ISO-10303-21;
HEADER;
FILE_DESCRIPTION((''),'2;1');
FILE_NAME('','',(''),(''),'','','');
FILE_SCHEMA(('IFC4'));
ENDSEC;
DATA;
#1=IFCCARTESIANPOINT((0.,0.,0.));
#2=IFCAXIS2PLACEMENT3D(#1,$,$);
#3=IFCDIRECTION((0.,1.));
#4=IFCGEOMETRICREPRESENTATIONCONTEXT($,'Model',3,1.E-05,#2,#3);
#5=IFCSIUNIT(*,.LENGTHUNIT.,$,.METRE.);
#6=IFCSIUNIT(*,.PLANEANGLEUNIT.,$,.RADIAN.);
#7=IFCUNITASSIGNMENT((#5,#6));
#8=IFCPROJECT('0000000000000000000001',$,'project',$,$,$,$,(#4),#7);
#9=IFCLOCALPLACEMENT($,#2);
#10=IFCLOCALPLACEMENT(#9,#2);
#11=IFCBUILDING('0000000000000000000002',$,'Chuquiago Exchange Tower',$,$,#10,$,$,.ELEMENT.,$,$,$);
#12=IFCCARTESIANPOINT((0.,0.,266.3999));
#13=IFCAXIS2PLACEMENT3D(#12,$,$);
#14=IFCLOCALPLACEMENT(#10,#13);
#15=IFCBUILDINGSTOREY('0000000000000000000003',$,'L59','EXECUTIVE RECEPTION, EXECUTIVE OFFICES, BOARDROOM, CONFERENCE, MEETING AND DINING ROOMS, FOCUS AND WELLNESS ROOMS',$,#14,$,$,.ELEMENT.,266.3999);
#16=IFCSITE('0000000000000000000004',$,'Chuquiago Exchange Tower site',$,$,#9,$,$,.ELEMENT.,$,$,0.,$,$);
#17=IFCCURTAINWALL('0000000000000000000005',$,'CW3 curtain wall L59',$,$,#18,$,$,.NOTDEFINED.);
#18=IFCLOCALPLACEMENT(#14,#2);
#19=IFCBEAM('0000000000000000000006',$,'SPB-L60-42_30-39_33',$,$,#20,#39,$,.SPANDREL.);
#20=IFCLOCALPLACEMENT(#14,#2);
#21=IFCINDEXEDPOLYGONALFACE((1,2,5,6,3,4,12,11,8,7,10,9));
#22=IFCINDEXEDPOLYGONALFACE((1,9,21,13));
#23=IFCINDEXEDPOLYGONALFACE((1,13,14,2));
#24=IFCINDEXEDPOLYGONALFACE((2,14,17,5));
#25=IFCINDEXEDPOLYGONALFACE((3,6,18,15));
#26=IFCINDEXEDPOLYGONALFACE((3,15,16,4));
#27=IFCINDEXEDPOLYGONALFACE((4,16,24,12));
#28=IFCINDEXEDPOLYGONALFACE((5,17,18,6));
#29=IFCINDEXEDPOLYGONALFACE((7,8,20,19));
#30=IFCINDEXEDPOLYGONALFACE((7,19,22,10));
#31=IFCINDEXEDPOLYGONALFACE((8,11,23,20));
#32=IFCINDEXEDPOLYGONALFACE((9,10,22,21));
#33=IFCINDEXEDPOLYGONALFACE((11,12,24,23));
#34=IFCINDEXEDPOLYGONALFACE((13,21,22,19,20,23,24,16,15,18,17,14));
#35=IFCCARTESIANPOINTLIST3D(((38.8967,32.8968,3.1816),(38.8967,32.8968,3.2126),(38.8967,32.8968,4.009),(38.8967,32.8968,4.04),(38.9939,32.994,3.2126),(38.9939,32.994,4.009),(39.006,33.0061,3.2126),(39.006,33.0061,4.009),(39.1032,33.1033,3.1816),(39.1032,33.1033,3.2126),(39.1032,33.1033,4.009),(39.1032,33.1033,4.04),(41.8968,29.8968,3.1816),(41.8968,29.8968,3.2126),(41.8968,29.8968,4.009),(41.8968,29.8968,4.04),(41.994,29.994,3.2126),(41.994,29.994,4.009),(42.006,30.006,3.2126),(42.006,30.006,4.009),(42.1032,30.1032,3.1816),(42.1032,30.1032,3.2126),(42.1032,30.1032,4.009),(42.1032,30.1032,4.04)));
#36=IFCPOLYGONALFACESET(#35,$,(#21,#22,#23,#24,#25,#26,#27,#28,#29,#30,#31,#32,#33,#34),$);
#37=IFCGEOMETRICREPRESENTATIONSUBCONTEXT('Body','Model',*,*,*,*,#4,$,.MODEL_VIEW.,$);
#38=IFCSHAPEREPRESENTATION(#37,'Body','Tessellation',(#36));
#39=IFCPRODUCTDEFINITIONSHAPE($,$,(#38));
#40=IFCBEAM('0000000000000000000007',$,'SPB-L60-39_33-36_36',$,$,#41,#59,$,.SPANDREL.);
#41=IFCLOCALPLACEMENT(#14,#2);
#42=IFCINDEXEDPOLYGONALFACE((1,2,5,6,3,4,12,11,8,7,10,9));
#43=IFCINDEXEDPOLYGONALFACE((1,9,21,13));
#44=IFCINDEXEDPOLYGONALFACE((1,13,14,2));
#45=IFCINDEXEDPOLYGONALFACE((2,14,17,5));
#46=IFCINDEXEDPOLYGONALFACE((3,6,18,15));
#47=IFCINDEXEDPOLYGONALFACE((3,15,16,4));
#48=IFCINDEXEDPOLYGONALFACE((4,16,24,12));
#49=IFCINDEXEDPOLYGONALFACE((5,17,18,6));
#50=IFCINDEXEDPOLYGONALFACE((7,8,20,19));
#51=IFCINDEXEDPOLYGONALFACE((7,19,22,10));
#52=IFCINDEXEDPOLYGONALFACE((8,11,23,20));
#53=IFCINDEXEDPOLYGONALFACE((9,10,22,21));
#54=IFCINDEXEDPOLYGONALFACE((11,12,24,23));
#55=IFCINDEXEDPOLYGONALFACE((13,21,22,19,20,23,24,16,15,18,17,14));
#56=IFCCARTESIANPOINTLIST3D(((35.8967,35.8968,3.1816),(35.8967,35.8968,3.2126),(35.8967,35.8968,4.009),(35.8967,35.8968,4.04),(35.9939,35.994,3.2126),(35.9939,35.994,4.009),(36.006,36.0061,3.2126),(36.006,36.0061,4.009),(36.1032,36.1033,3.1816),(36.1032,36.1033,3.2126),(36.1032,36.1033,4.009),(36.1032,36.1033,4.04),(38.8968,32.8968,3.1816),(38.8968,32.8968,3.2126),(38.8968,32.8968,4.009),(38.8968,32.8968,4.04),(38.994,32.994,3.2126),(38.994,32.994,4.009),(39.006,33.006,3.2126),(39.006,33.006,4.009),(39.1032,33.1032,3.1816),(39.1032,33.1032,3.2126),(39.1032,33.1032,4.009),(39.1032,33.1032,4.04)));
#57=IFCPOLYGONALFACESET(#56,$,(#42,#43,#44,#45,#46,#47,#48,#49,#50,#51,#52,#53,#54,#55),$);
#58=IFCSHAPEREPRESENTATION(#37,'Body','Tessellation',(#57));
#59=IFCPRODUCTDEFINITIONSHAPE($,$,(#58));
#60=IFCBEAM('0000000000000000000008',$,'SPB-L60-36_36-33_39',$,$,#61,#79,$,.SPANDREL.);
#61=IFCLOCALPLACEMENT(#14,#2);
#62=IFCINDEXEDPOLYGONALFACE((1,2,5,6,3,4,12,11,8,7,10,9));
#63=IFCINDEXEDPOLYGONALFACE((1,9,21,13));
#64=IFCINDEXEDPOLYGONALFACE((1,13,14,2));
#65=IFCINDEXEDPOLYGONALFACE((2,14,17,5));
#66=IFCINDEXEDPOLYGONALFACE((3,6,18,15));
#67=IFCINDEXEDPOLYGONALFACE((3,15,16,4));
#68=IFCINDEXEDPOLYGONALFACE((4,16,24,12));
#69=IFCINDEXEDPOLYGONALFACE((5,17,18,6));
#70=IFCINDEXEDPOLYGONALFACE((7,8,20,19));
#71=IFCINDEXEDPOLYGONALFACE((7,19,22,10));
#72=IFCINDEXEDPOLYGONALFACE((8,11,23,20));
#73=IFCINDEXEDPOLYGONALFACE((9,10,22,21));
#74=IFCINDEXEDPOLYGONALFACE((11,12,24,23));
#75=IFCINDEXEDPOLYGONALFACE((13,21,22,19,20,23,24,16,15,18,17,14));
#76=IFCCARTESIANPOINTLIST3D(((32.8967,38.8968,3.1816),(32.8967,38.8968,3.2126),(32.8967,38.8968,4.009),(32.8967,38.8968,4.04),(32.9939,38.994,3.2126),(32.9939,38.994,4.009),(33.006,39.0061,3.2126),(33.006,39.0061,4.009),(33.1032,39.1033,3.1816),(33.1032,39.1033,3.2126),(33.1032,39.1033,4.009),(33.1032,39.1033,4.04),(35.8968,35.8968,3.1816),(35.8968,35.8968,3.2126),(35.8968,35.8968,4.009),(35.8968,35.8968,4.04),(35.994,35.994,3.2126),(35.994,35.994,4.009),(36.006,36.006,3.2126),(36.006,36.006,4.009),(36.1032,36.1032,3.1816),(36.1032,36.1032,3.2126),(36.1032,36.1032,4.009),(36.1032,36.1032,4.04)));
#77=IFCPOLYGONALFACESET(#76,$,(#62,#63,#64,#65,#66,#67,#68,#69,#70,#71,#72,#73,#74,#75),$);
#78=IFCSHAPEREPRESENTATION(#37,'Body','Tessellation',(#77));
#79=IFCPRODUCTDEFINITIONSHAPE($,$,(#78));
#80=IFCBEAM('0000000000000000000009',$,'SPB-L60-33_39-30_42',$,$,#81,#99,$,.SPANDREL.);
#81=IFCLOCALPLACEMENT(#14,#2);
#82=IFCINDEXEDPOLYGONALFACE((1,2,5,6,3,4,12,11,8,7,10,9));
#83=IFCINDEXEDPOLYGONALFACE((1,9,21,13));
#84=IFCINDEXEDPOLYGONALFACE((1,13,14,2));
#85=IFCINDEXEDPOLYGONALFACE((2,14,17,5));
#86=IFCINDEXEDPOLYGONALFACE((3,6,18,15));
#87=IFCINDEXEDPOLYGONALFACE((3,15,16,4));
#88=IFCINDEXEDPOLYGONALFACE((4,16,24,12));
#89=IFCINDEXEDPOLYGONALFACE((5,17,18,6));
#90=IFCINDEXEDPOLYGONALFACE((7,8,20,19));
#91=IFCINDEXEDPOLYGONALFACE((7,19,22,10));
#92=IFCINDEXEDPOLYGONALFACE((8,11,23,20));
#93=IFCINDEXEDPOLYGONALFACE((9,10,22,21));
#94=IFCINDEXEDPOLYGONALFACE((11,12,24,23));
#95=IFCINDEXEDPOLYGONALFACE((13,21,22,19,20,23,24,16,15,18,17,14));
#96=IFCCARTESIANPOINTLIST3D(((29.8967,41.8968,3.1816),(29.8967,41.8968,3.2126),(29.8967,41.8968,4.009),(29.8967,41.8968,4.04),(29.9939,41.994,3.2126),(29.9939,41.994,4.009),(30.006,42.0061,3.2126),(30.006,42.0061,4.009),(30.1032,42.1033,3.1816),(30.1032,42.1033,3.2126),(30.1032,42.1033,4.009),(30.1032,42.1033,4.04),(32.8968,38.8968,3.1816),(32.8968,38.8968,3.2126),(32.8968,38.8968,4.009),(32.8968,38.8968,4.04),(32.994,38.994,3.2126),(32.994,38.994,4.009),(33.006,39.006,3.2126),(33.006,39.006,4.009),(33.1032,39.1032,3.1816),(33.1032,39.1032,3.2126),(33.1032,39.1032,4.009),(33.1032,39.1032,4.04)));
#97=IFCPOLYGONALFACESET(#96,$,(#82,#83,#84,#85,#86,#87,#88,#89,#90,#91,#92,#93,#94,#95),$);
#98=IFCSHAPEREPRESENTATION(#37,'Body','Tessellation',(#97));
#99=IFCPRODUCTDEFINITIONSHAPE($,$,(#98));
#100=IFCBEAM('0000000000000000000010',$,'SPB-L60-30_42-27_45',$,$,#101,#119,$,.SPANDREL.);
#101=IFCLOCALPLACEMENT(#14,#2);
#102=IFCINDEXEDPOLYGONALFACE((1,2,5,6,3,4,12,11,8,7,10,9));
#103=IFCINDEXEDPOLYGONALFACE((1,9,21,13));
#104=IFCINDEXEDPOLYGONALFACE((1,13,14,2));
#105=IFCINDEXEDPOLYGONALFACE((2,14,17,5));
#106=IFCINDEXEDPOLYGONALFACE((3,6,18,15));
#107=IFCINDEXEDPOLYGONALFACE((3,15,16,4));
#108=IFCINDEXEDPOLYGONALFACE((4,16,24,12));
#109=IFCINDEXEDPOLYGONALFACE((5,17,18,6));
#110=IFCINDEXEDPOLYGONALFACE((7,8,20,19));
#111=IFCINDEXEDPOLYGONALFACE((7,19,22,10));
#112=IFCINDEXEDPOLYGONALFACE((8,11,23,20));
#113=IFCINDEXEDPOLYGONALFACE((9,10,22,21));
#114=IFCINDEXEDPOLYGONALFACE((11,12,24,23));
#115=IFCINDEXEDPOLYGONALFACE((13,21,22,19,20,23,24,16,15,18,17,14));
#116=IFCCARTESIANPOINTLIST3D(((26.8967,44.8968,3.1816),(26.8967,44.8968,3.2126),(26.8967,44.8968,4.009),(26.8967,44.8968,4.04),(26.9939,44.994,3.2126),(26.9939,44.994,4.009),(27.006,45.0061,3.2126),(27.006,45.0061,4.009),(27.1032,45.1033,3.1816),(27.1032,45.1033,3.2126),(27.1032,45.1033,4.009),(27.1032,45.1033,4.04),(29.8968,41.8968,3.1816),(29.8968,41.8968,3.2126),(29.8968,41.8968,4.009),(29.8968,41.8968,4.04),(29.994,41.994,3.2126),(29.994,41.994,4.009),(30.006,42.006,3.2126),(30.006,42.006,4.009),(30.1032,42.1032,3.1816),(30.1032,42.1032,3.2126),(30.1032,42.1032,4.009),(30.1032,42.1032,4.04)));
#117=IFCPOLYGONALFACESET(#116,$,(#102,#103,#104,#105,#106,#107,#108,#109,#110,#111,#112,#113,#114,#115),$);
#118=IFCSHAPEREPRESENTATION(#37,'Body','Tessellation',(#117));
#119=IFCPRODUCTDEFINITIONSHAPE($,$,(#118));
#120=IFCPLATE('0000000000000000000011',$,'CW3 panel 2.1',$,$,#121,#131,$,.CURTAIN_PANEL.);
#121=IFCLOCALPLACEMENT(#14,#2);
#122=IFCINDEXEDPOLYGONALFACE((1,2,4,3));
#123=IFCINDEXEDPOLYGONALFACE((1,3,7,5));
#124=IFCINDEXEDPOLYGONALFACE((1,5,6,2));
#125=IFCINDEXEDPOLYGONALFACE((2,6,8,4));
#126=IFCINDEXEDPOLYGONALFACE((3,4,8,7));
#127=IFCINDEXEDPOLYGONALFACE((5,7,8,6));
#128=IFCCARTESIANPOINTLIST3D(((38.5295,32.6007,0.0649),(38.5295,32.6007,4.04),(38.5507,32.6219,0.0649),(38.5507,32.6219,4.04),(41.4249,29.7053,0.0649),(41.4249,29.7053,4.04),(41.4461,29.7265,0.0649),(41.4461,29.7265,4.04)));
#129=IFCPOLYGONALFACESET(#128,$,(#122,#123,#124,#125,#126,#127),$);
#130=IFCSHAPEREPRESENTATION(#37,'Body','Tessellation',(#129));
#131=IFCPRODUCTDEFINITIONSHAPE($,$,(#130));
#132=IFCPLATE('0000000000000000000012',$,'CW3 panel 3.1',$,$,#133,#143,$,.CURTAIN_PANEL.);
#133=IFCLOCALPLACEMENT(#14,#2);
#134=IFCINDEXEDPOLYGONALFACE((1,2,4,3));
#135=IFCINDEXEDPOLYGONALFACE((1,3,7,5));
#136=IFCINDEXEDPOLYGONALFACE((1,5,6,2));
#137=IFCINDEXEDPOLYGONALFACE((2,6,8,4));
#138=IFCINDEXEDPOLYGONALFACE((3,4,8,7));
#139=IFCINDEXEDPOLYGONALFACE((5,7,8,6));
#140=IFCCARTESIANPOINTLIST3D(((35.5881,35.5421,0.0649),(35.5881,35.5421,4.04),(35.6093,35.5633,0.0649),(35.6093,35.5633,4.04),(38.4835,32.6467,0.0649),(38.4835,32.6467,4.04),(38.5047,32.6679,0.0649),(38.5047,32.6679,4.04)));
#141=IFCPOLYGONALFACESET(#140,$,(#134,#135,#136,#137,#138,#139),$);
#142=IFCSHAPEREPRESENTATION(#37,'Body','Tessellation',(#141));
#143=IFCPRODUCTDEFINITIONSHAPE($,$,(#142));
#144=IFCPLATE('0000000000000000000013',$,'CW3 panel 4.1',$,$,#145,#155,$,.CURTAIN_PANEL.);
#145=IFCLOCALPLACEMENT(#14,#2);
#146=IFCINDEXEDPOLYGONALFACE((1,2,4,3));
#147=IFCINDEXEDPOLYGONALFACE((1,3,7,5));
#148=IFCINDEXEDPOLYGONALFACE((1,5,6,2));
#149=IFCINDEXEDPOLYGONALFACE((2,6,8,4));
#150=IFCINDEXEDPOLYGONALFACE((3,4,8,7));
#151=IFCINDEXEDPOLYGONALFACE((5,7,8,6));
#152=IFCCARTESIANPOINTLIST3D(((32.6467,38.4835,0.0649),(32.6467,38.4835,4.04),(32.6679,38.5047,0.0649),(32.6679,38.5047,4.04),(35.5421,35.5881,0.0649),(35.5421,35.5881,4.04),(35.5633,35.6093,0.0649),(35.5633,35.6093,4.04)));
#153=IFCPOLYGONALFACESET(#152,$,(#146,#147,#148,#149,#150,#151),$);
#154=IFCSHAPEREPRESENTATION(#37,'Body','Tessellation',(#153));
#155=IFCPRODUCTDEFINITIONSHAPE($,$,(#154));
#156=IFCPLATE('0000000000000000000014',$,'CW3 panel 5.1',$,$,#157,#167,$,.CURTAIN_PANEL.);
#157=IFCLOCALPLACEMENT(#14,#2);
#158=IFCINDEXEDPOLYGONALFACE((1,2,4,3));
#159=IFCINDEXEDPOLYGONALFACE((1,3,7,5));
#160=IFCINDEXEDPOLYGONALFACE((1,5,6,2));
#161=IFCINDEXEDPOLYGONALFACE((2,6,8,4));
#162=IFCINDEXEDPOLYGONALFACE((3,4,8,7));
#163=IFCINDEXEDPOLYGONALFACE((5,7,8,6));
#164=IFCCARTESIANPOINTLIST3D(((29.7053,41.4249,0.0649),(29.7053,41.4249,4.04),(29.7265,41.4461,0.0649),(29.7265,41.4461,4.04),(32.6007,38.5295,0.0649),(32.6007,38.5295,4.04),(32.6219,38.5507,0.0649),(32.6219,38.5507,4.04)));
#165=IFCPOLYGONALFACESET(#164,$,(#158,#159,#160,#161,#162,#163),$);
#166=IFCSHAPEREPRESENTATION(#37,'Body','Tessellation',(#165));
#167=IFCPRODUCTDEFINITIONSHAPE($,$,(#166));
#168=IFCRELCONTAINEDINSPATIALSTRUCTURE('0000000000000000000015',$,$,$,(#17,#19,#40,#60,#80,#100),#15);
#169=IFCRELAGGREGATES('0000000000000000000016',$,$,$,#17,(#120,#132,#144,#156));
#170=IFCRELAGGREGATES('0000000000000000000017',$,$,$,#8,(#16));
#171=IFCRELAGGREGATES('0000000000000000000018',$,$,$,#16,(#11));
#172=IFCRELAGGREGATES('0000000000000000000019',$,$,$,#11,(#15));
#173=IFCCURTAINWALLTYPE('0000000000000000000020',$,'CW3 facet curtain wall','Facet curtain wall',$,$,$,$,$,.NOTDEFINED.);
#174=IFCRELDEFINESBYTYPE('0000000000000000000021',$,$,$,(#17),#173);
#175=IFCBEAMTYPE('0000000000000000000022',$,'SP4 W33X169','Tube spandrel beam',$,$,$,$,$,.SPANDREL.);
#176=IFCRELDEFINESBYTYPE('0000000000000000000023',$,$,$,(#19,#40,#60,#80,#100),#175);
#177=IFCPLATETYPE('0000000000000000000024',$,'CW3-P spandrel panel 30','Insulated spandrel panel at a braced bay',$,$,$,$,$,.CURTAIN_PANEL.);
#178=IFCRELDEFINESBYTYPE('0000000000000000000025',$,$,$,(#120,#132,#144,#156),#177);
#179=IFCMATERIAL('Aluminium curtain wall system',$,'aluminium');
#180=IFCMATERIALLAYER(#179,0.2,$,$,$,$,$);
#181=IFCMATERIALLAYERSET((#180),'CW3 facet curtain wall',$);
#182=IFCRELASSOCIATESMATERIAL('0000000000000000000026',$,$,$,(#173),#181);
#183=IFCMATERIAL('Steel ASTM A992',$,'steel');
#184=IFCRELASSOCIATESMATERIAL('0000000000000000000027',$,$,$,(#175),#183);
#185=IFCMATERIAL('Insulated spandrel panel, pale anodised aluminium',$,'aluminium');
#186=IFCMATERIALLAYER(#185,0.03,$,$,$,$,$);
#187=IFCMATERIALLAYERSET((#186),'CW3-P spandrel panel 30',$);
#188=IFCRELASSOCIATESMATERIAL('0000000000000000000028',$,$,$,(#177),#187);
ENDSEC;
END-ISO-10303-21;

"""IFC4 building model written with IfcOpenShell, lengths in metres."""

from ifc_helpers import new_model, si_unit, direction, frame, origin, origin_2d, place, context, subcontext, project, spatial, rectangle, i_section, extrude, material, layer, layer_set, material_profile, profile_set, type_object, element, aggregate, save


model = new_model("IFC4")

# Units and contexts
model_context = context("Model", 3, precision=1e-05, world=origin(), true_north=direction((0.0, 1.0)))
body_context = subcontext(model_context, "Body", "Model", "MODEL_VIEW")
ifc_project = project(units=[si_unit("LENGTHUNIT", "METRE"), si_unit("PLANEANGLEUNIT", "RADIAN")], contexts=[model_context])

# Site, building, storey
site_placement = place(None, origin())
site = spatial("IfcSite", under=ifc_project, at=site_placement, Name="Chuquiago Exchange Tower site", CompositionType="ELEMENT", RefElevation=0.0)
building_placement = place(site_placement, origin())
building = spatial("IfcBuilding", under=site, at=building_placement, Name="Chuquiago Exchange Tower", CompositionType="ELEMENT")
storey_placement = place(building_placement, frame((0.0, 0.0, 266.3999)))
storey = spatial("IfcBuildingStorey", under=building, at=storey_placement, Name="L59", Description="EXECUTIVE RECEPTION, EXECUTIVE OFFICES, BOARDROOM, CONFERENCE, MEETING AND DINING ROOMS, FOCUS AND WELLNESS ROOMS", CompositionType="ELEMENT", Elevation=266.3999)

# Curtain wall
ifc_material_1 = material(Name="Aluminium curtain wall system", Category="aluminium")
ifc_layer_1 = layer(ifc_material_1, 0.2)
ifc_layer_set_1 = layer_set([ifc_layer_1], Name="CW3 facet curtain wall")
curtain_wall_type = type_object("IfcCurtainWallType", Name="CW3 facet curtain wall", Description="Facet curtain wall", PredefinedType="NOTDEFINED", material=ifc_layer_set_1)
curtain_wall_placement = place(storey_placement, origin())
curtain_wall = element("IfcCurtainWall", 1, at=curtain_wall_placement, inside=storey, type_object=curtain_wall_type, Name="CW3 curtain wall L59", PredefinedType="NOTDEFINED")

# Beams
ifc_material_2 = material(Name="Steel ASTM A992", Category="steel")
ifc_material_profile_1 = material_profile(ifc_material_2, i_section(OverallWidth=0.292, OverallDepth=0.8584, WebThickness=0.0171, FlangeThickness=0.031, at=origin_2d()), Name="W33X169")
ifc_profile_set_1 = profile_set([ifc_material_profile_1], Name="Steel ASTM A992")
beam_type_1 = type_object("IfcBeamType", Name="SP4 W33X169", Description="Tube spandrel beam", PredefinedType="SPANDREL", material=ifc_profile_set_1)
for number, where, z_axis, x_axis, name in (
    (2, (42.0, 30.0, 3.6108), (-0.707107, 0.707107, 0.0), (-0.707107, -0.707107, 0.0), "SPB-L60-42_30-39_33"),
    (3, (39.0, 33.0, 3.6108), (-0.707107, 0.707107, 0.0), (-0.707107, -0.707107, 0.0), "SPB-L60-39_33-36_36"),
    (4, (36.0, 36.0, 3.6108), (-0.707107, 0.707107, 0.0), (-0.707107, -0.707107, 0.0), "SPB-L60-36_36-33_39"),
    (5, (33.0, 39.0, 3.6108), (-0.707107, 0.707107, 0.0), (-0.707107, -0.707107, 0.0), "SPB-L60-33_39-30_42"),
    (6, (30.0, 42.0, 3.6108), (-0.707107, 0.707107, 0.0), (-0.707107, -0.707107, 0.0), "SPB-L60-30_42-27_45"),
):
    element("IfcBeam", number, at=place(storey_placement, frame(where, z_axis=z_axis, x_axis=x_axis)), inside=storey, type_object=beam_type_1, Name=name, PredefinedType="SPANDREL", context=body_context, shape_type="SweptSolid", body=[
        extrude(i_section(OverallWidth=0.292, OverallDepth=0.8584, WebThickness=0.0171, FlangeThickness=0.031, at=origin_2d()), origin(), (0.0, 0.0, 1.0), 4.2427),
    ])

# Plates
ifc_material_3 = material(Name="Insulated spandrel panel, pale anodised aluminium", Category="aluminium")
ifc_layer_2 = layer(ifc_material_3, 0.03)
ifc_layer_set_2 = layer_set([ifc_layer_2], Name="CW3-P spandrel panel 30")
plate_type = type_object("IfcPlateType", Name="CW3-P spandrel panel 30", Description="Insulated spandrel panel at a braced bay", PredefinedType="CURTAIN_PANEL", material=ifc_layer_set_2)
plate_1_placement = place(storey_placement, frame((39.9878, 31.1636, 0.0649), z_axis=(0.0, 0.0, 1.0), x_axis=(-0.707107, 0.707107, 0.0)))
plate_1 = element("IfcPlate", 7, at=plate_1_placement, type_object=plate_type, Name="CW3 panel 2.1", PredefinedType="CURTAIN_PANEL", context=body_context, shape_type="SweptSolid", body=[
    extrude(rectangle(XDim=4.0947, YDim=0.03, at=origin_2d()), origin(), (0.0, 0.0, 1.0), 3.9751),
])
plate_2_placement = place(storey_placement, frame((37.0464, 34.105, 0.0649), z_axis=(0.0, 0.0, 1.0), x_axis=(-0.707107, 0.707107, 0.0)))
plate_2 = element("IfcPlate", 8, at=plate_2_placement, type_object=plate_type, Name="CW3 panel 3.1", PredefinedType="CURTAIN_PANEL", context=body_context, shape_type="SweptSolid", body=[
    extrude(rectangle(XDim=4.0947, YDim=0.03, at=origin_2d()), origin(), (0.0, 0.0, 1.0), 3.9751),
])
plate_3_placement = place(storey_placement, frame((34.105, 37.0464, 0.0649), z_axis=(0.0, 0.0, 1.0), x_axis=(-0.707107, 0.707107, 0.0)))
plate_3 = element("IfcPlate", 9, at=plate_3_placement, type_object=plate_type, Name="CW3 panel 4.1", PredefinedType="CURTAIN_PANEL", context=body_context, shape_type="SweptSolid", body=[
    extrude(rectangle(XDim=4.0947, YDim=0.03, at=origin_2d()), origin(), (0.0, 0.0, 1.0), 3.9751),
])
plate_4_placement = place(storey_placement, frame((31.1636, 39.9878, 0.0649), z_axis=(0.0, 0.0, 1.0), x_axis=(-0.707107, 0.707107, 0.0)))
plate_4 = element("IfcPlate", 10, at=plate_4_placement, type_object=plate_type, Name="CW3 panel 5.1", PredefinedType="CURTAIN_PANEL", context=body_context, shape_type="SweptSolid", body=[
    extrude(rectangle(XDim=4.0947, YDim=0.03, at=origin_2d()), origin(), (0.0, 0.0, 1.0), 3.9751),
])
aggregate(curtain_wall, [plate_1, plate_2, plate_3, plate_4])

save(model, "model.ifc")
